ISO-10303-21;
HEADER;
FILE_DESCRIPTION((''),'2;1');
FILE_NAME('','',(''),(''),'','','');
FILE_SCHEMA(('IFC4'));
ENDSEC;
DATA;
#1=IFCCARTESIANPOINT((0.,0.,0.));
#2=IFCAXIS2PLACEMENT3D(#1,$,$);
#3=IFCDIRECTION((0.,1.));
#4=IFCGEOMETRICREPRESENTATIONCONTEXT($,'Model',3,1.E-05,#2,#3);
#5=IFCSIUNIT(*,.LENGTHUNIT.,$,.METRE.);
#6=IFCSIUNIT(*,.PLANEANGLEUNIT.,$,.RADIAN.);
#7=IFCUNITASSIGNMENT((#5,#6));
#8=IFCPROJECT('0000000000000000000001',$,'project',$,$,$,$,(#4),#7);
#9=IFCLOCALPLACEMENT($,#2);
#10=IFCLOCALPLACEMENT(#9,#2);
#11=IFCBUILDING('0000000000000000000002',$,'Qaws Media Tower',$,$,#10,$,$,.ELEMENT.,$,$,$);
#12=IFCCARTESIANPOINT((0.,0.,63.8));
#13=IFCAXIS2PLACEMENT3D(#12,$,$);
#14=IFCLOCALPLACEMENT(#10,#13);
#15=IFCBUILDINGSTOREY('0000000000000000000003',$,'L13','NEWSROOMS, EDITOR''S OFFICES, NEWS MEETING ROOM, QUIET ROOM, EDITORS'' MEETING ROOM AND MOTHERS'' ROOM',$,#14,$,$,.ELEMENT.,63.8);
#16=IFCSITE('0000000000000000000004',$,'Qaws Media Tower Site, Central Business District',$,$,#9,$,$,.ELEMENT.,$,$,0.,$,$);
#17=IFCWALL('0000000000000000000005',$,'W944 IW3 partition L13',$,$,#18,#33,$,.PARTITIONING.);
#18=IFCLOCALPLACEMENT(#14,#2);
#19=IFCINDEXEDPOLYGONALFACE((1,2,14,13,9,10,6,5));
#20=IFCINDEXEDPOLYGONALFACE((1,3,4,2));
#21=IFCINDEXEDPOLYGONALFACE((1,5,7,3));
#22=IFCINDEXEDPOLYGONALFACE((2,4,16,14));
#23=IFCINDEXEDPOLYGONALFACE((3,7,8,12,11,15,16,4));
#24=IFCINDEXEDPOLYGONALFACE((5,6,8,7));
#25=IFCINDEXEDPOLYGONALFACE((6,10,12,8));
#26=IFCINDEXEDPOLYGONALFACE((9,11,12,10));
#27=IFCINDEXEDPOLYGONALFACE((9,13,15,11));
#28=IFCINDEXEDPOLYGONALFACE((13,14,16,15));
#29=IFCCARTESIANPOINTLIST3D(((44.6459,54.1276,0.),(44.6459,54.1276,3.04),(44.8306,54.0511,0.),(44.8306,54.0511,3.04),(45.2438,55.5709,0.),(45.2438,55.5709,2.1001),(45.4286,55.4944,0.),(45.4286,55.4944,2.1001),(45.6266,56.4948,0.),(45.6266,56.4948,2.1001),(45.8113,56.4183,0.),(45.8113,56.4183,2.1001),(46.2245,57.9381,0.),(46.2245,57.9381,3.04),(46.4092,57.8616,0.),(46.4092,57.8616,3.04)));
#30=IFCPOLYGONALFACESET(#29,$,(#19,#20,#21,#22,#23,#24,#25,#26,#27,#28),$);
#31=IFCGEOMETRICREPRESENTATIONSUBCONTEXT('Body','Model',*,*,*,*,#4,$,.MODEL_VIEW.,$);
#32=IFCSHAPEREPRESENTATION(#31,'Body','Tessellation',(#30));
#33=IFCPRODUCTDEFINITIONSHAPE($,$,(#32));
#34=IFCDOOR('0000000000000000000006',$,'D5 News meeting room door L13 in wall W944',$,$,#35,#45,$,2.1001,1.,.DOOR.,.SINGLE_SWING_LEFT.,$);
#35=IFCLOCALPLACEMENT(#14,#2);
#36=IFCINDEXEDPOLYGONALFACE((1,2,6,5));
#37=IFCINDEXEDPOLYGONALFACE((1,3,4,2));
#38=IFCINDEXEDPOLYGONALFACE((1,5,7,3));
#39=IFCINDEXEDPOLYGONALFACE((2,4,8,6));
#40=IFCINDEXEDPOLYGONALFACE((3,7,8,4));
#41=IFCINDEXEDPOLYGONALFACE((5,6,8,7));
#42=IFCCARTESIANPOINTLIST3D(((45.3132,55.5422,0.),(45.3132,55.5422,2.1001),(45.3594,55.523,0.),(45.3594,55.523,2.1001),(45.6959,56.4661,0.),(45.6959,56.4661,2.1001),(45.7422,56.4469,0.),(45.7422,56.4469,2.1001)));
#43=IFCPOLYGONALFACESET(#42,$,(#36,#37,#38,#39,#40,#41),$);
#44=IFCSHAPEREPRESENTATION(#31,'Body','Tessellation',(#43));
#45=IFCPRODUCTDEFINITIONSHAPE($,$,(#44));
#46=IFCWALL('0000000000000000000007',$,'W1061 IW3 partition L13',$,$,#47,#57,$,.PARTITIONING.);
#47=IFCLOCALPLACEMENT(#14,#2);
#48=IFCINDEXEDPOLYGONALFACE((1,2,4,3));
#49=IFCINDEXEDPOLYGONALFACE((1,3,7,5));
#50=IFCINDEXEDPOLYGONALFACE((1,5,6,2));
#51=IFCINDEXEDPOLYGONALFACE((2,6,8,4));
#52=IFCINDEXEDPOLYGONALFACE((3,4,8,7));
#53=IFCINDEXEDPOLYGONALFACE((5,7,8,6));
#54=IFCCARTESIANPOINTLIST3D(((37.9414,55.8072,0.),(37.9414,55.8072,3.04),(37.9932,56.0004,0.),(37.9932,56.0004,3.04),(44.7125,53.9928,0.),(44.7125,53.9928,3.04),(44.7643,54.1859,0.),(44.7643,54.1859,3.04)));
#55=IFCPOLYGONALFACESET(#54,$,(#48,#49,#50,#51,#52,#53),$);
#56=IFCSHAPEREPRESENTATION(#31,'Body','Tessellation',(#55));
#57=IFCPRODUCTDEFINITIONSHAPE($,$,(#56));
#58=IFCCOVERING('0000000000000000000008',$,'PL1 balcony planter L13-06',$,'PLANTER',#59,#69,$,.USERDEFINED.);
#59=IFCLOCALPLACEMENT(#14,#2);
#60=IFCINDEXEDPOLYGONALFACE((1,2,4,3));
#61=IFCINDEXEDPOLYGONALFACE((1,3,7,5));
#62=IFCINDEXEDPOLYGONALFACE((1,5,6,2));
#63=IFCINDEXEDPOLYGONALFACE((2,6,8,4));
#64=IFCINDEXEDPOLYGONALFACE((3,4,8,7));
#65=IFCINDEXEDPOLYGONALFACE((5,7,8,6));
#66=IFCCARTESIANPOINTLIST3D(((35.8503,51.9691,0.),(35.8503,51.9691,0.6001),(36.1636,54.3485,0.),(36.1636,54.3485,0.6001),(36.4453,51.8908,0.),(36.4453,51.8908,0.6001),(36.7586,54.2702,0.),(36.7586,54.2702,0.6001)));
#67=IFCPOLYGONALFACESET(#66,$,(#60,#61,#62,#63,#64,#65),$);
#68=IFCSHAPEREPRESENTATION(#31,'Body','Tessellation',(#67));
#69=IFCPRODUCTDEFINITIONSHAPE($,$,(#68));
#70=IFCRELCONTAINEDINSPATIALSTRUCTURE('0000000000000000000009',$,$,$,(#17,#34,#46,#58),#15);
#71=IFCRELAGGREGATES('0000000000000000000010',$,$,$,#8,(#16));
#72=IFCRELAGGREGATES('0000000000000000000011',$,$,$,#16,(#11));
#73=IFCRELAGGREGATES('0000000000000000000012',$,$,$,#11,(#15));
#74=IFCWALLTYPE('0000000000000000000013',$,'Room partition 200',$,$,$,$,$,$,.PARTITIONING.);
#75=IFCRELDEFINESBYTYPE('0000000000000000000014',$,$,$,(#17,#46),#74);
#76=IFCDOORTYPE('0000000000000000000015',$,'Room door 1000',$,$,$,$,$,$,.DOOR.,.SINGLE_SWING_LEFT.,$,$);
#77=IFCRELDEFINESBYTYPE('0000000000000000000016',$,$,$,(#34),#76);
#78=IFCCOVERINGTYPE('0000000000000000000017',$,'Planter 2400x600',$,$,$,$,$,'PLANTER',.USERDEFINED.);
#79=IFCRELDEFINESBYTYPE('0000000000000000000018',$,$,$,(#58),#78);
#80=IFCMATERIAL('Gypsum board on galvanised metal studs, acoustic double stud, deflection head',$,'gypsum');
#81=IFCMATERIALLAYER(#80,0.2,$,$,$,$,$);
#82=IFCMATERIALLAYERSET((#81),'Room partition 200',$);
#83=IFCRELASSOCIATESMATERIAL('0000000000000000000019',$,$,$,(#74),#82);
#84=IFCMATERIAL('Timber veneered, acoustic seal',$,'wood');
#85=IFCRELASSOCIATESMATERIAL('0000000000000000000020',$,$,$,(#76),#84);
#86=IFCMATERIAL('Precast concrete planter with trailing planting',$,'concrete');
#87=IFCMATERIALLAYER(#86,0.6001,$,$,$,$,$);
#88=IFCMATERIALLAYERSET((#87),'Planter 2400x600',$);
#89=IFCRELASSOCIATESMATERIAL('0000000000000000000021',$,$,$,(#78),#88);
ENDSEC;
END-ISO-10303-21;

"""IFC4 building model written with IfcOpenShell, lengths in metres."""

from ifc_helpers import new_model, si_unit, direction, frame, frame_2d, origin, origin_2d, place, context, subcontext, project, spatial, rectangle, extrude, material, layer, layer_set, type_object, element, fill, save


model = new_model("IFC4")

# Units and contexts
model_context = context("Model", 3, precision=1e-05, world=origin(), true_north=direction((0.0, 1.0)))
body_context = subcontext(model_context, "Body", "Model", "MODEL_VIEW")
ifc_project = project(units=[si_unit("LENGTHUNIT", "METRE"), si_unit("PLANEANGLEUNIT", "RADIAN")], contexts=[model_context])

# Site, building, storey
site_placement = place(None, origin())
site = spatial("IfcSite", under=ifc_project, at=site_placement, Name="Qaws Media Tower Site, Central Business District", CompositionType="ELEMENT", RefElevation=0.0)
building_placement = place(site_placement, origin())
building = spatial("IfcBuilding", under=site, at=building_placement, Name="Qaws Media Tower", CompositionType="ELEMENT")
storey_placement = place(building_placement, frame((0.0, 0.0, 63.8)))
storey = spatial("IfcBuildingStorey", under=building, at=storey_placement, Name="L13", Description="NEWSROOMS, EDITOR'S OFFICES, NEWS MEETING ROOM, QUIET ROOM, EDITORS' MEETING ROOM AND MOTHERS' ROOM", CompositionType="ELEMENT", Elevation=63.8)

# Wall, opening, door
ifc_material_1 = material(Name="Gypsum board on galvanised metal studs, acoustic double stud, deflection head", Category="gypsum")
ifc_layer_1 = layer(ifc_material_1, 0.2)
ifc_layer_set_1 = layer_set([ifc_layer_1], Name="Room partition 200")
wall_type = type_object("IfcWallType", Name="Room partition 200", PredefinedType="PARTITIONING", material=ifc_layer_set_1)
wall_1_placement = place(storey_placement, frame((44.7383, 54.0894, 0.0), z_axis=(0.0, 0.0, 1.0), x_axis=(0.382732, 0.92386, 0.0)))
wall_1 = element("IfcWall", 1, at=wall_1_placement, inside=storey, type_object=wall_type, Name="W944 IW3 partition L13", PredefinedType="PARTITIONING", context=body_context, shape_type="SweptSolid", body=[
    extrude(rectangle(XDim=4.1245, YDim=0.2, at=frame_2d((2.0623, 0.0))), origin(), (0.0, 0.0, 1.0), 3.04),
])
opening_placement = place(wall_1_placement, frame((1.5623, 0.0, 0.0)))
opening = element("IfcOpeningElement", 2, at=opening_placement, cuts=wall_1, PredefinedType="OPENING", context=body_context, shape_type="SweptSolid", body=[
    extrude(rectangle(XDim=1.0, YDim=2.1001, at=frame_2d((0.5, 1.05))), frame((0.0, 0.1099, 0.0), z_axis=(0.0, -1.0, 0.0), x_axis=(1.0, 0.0, 0.0)), (0.0, 0.0, 1.0), 0.22),
])
ifc_material_2 = material(Name="Timber veneered, acoustic seal", Category="wood")
door_type = type_object("IfcDoorType", Name="Room door 1000", OperationType="SINGLE_SWING_LEFT", PredefinedType="DOOR", material=ifc_material_2)
door_placement = place(opening_placement, origin())
door = element("IfcDoor", 3, at=door_placement, inside=storey, type_object=door_type, Name="D5 News meeting room door L13 in wall W944", OperationType="SINGLE_SWING_LEFT", OverallHeight=2.1001, OverallWidth=1.0, PredefinedType="DOOR", context=body_context, shape_type="SweptSolid", body=[
    extrude(rectangle(XDim=1.0, YDim=2.1001, at=frame_2d((0.5, 1.05))), frame((0.0, 0.0249, 0.0), z_axis=(0.0, -1.0, 0.0), x_axis=(1.0, 0.0, 0.0)), (0.0, 0.0, 1.0), 0.05),
])
fill(opening, door)

# Wall
wall_2_placement = place(storey_placement, frame((44.7383, 54.0894, 0.0), z_axis=(0.0, 0.0, 1.0), x_axis=(-0.96592, 0.258842, 0.0)))
element("IfcWall", 4, at=wall_2_placement, inside=storey, type_object=wall_type, Name="W1061 IW3 partition L13", PredefinedType="PARTITIONING", context=body_context, shape_type="SweptSolid", body=[
    extrude(rectangle(XDim=7.01, YDim=0.2, at=frame_2d((3.5049, 0.0))), origin(), (0.0, 0.0, 1.0), 3.04),
])

# Covering
ifc_material_3 = material(Name="Precast concrete planter with trailing planting", Category="concrete")
ifc_layer_2 = layer(ifc_material_3, 0.6001)
ifc_layer_set_2 = layer_set([ifc_layer_2], Name="Planter 2400x600")
covering_type = type_object("IfcCoveringType", Name="Planter 2400x600", ElementType="PLANTER", PredefinedType="USERDEFINED", material=ifc_layer_set_2)
covering_placement = place(storey_placement, frame((36.3044, 53.1196, 0.0), z_axis=(0.0, 0.0, 1.0), x_axis=(-0.130526, -0.991445, 0.0)))
element("IfcCovering", 5, at=covering_placement, inside=storey, type_object=covering_type, Name="PL1 balcony planter L13-06", ObjectType="PLANTER", PredefinedType="USERDEFINED", context=body_context, shape_type="SweptSolid", body=[
    extrude(rectangle(XDim=2.3999, YDim=0.6001, at=origin_2d()), origin(), (0.0, 0.0, 1.0), 0.6001),
])

save(model, "model.ifc")
